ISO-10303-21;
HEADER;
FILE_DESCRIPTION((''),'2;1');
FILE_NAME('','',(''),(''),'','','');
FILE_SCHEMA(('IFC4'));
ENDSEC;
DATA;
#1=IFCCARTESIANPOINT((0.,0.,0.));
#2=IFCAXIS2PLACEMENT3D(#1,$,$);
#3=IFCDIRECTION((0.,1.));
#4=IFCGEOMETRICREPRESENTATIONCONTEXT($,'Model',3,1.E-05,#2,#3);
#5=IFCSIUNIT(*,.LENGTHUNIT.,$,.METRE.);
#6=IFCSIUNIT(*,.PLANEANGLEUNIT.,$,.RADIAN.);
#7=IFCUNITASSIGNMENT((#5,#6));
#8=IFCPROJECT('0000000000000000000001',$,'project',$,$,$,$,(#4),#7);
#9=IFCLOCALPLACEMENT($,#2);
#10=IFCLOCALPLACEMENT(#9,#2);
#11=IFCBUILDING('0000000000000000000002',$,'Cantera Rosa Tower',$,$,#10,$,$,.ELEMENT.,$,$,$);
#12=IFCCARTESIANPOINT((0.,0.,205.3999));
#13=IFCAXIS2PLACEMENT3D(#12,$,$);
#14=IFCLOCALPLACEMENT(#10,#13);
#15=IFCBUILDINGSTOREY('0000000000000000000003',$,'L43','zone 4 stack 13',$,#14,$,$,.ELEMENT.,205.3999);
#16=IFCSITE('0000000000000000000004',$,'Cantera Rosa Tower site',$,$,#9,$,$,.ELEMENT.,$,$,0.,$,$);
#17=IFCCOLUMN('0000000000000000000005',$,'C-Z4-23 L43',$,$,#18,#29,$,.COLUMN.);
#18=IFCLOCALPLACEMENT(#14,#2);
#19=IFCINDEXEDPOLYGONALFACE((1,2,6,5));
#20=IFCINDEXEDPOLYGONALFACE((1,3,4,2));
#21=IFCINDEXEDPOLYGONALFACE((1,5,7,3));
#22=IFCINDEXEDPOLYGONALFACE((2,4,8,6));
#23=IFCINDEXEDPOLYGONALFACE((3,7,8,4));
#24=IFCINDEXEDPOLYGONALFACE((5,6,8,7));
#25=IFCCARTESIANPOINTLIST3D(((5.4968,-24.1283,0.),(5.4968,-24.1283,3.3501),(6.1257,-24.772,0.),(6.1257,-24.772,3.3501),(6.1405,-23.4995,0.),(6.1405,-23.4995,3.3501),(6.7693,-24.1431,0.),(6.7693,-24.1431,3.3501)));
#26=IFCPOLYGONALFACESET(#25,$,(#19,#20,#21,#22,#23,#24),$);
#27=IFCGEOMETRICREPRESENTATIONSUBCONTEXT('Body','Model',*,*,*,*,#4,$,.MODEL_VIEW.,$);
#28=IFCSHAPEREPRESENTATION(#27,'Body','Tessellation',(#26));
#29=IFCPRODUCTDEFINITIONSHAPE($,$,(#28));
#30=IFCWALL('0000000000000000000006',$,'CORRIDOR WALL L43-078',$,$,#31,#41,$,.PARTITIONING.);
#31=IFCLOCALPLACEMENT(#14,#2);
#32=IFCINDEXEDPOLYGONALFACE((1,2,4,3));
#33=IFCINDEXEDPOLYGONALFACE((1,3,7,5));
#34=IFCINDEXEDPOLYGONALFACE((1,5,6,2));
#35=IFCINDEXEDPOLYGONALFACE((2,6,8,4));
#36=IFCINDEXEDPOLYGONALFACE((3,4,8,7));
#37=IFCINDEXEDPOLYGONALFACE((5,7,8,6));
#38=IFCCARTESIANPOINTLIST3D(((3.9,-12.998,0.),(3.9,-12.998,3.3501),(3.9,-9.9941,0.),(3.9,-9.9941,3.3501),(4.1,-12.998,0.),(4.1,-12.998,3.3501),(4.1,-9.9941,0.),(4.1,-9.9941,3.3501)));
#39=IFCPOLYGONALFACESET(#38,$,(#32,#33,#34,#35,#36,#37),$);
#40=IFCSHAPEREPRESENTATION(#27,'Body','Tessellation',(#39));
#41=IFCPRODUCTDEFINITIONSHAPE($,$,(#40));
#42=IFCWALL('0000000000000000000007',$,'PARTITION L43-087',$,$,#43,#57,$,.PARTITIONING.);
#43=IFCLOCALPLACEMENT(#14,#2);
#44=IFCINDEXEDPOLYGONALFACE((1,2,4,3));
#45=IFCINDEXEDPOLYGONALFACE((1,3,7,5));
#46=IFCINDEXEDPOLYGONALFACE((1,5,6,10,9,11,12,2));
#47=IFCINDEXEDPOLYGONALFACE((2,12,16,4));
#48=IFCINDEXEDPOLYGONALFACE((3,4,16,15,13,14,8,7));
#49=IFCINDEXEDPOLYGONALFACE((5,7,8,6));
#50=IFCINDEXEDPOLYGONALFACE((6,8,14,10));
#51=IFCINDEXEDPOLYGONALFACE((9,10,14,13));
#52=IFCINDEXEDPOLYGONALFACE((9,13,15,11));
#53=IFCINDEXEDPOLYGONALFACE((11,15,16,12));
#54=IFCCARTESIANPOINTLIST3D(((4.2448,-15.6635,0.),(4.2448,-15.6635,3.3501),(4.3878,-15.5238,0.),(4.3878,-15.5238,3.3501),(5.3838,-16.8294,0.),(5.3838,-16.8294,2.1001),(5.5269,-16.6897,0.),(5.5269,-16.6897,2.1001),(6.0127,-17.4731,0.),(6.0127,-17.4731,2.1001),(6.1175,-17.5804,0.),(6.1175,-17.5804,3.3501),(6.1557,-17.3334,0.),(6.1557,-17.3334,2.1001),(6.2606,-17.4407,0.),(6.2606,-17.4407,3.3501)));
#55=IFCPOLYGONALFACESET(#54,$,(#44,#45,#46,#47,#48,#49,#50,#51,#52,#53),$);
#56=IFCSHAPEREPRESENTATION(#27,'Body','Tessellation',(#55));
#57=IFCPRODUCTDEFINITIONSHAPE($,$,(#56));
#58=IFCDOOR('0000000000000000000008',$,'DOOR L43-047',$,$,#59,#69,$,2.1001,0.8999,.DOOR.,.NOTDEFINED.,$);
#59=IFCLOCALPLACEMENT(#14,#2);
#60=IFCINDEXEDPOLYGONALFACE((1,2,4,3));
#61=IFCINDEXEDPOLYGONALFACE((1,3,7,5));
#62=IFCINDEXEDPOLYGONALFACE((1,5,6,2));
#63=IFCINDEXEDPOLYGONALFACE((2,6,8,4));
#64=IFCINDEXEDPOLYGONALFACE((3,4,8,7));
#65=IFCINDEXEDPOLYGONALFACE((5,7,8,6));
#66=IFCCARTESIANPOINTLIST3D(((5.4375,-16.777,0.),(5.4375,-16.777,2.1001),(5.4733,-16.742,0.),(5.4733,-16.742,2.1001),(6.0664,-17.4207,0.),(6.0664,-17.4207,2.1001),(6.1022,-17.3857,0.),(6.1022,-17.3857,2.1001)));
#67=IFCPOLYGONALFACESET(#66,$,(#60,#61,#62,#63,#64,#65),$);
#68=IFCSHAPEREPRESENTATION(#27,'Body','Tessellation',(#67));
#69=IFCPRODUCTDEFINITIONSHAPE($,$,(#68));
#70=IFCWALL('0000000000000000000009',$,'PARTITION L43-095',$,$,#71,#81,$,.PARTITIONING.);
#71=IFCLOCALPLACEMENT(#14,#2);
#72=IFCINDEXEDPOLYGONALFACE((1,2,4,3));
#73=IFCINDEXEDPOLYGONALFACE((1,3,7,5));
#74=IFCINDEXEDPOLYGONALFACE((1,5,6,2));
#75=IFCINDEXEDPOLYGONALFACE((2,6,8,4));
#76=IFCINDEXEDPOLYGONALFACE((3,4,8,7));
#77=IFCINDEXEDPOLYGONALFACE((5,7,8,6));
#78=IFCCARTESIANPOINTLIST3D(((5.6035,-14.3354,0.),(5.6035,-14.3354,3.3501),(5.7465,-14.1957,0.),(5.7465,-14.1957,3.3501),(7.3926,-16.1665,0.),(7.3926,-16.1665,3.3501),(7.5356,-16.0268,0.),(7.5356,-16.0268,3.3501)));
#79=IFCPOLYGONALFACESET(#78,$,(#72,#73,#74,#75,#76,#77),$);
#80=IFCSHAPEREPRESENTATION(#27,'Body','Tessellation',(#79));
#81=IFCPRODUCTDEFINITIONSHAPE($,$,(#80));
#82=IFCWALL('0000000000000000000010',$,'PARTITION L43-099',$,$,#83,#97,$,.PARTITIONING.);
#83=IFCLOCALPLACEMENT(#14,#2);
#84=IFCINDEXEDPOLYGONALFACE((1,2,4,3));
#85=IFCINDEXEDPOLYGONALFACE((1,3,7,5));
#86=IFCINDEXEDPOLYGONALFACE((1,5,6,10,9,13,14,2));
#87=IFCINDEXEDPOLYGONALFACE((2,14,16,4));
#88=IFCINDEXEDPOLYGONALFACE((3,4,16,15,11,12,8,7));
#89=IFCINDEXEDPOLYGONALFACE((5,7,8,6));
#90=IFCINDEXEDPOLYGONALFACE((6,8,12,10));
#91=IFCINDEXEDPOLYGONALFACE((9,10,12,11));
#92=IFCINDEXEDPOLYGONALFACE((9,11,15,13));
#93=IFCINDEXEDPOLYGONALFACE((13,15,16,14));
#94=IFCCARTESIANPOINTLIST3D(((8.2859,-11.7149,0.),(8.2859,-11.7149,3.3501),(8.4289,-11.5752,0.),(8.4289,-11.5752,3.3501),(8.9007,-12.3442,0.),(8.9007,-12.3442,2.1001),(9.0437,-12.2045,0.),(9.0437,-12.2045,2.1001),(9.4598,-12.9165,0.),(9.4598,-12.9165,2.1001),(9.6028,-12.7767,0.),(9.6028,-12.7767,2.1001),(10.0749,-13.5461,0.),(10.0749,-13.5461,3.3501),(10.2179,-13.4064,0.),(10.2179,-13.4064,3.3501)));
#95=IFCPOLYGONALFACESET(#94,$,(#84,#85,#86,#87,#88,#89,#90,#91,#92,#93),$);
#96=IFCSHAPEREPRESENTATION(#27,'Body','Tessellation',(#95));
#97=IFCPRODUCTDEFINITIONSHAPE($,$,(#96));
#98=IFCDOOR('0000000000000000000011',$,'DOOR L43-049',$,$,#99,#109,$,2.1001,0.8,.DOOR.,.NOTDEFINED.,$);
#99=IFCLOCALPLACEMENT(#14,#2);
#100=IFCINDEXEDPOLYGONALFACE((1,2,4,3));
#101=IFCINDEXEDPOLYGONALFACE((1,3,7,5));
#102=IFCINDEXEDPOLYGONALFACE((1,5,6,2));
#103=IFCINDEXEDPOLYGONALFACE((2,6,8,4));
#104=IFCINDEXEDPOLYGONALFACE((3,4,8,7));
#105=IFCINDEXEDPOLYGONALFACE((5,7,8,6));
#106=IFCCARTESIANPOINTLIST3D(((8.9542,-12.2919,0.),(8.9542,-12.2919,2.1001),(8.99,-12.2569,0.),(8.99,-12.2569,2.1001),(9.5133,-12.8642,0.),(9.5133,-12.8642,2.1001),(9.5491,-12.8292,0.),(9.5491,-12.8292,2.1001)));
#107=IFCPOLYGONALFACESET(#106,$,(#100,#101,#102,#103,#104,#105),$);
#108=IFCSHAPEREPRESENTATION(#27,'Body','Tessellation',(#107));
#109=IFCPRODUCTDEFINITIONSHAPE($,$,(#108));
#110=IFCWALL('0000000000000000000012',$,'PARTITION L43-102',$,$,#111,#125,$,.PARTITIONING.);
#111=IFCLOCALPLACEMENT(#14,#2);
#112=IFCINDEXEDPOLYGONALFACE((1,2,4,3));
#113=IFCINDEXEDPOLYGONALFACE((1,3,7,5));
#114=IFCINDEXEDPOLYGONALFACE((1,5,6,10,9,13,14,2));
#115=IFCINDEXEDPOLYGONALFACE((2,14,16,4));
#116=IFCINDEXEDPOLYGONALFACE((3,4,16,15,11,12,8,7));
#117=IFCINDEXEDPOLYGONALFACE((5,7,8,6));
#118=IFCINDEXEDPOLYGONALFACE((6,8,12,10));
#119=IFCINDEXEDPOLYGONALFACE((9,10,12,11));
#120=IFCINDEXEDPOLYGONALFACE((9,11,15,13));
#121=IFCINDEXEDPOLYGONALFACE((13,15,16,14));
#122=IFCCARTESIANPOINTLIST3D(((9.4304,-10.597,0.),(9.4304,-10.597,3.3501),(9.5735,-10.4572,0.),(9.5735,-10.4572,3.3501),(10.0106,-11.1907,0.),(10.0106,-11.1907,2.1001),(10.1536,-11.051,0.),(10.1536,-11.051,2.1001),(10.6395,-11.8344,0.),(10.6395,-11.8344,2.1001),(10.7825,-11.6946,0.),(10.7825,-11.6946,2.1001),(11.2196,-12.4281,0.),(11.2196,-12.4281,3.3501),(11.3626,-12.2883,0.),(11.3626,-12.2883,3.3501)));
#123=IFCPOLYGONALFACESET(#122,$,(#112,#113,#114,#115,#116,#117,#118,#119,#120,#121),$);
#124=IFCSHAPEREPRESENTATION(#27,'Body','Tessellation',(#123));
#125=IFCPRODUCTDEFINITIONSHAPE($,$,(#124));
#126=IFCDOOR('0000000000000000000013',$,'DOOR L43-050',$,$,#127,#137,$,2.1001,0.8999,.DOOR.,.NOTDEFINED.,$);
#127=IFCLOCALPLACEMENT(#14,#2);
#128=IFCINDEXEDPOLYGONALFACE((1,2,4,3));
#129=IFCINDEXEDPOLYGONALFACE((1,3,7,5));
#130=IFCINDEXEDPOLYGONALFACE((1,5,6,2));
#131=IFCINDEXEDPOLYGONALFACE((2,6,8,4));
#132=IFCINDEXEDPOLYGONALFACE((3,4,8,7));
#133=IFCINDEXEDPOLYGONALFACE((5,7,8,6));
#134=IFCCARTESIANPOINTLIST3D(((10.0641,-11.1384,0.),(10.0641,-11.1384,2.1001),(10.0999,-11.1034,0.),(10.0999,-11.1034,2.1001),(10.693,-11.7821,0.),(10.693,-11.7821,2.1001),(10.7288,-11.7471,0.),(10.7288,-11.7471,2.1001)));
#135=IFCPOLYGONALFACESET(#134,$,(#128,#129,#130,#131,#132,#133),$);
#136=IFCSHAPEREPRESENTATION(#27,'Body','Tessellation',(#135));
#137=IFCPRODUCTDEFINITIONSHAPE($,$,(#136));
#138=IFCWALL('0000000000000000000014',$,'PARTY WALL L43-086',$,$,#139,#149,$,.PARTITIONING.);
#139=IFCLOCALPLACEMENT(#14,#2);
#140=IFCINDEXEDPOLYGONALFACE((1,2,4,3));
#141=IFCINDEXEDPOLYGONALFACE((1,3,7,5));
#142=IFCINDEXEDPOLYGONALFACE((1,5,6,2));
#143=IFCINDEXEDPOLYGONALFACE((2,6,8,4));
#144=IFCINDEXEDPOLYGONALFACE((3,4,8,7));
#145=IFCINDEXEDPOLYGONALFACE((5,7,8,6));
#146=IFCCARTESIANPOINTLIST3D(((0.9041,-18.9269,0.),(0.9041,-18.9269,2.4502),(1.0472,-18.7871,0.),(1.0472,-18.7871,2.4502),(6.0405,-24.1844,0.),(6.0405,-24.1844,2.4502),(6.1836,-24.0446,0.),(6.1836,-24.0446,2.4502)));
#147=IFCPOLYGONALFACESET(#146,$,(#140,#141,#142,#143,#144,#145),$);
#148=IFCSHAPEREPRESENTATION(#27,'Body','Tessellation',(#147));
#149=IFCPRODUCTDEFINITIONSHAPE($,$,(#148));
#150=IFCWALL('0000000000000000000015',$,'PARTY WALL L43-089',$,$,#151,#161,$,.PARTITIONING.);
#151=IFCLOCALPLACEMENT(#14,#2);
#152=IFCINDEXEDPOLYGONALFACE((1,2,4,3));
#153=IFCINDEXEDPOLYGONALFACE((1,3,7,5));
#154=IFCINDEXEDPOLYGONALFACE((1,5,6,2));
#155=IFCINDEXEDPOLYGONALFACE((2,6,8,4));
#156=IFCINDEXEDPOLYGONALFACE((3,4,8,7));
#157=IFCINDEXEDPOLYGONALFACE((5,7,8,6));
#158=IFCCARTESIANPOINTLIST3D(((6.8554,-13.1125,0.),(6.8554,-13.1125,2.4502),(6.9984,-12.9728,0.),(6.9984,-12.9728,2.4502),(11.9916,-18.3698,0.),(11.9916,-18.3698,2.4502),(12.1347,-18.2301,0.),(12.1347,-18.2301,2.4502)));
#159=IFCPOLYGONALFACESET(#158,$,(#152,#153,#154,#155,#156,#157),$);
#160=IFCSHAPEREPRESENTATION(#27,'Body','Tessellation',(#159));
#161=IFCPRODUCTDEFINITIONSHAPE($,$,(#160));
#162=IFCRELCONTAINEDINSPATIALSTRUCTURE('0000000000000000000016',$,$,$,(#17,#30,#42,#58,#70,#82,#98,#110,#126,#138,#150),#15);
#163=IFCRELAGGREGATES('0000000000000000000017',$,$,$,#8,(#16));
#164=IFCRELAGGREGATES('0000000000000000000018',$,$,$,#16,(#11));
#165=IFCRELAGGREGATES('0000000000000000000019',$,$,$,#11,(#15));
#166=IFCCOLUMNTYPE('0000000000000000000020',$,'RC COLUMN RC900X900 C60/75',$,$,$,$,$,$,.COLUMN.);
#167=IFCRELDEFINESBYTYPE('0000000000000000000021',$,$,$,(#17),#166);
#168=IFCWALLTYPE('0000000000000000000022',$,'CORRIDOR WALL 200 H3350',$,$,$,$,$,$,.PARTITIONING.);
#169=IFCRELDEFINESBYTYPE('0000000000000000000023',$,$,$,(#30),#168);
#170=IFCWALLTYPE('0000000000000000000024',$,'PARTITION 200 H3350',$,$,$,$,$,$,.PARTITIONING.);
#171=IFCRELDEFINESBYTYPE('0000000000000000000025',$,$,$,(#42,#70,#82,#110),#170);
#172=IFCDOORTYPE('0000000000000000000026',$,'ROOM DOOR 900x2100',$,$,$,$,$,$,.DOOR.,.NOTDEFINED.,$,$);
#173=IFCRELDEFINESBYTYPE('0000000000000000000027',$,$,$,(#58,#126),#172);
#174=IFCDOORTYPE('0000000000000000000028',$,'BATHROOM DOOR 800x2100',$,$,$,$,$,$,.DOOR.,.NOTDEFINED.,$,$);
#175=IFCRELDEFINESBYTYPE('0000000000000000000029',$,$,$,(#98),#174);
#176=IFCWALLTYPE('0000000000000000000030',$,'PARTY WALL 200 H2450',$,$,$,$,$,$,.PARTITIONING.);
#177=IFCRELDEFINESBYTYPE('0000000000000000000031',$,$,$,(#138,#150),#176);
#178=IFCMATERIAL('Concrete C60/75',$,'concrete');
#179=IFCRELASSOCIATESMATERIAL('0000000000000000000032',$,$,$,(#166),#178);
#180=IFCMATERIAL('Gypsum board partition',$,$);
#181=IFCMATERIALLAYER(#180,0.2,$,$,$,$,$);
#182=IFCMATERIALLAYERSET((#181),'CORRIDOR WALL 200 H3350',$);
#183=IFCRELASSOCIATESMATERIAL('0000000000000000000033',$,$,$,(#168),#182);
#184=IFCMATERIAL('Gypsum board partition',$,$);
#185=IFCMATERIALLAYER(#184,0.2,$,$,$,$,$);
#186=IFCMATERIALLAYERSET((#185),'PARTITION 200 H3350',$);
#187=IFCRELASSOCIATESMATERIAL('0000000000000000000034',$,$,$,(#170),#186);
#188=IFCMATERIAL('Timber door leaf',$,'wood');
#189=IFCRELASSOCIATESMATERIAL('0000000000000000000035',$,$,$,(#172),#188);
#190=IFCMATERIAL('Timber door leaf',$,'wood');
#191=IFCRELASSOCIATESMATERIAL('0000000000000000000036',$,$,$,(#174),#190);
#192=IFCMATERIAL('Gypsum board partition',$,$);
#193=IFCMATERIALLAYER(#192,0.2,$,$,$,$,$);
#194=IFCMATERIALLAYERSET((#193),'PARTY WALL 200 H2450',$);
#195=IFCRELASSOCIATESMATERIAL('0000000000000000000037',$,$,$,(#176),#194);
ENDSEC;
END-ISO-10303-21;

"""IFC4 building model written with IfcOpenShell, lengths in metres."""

from ifc_helpers import new_model, si_unit, direction, frame, frame_2d, origin, origin_2d, place, context, subcontext, project, spatial, rectangle, extrude, material, layer, layer_set, material_profile, profile_set, type_object, element, fill, save


model = new_model("IFC4")

# Units and contexts
model_context = context("Model", 3, precision=1e-05, world=origin(), true_north=direction((0.0, 1.0)))
body_context = subcontext(model_context, "Body", "Model", "MODEL_VIEW")
ifc_project = project(units=[si_unit("LENGTHUNIT", "METRE"), si_unit("PLANEANGLEUNIT", "RADIAN")], contexts=[model_context])

# Site, building, storey
site_placement = place(None, origin())
site = spatial("IfcSite", under=ifc_project, at=site_placement, Name="Cantera Rosa Tower site", CompositionType="ELEMENT", RefElevation=0.0)
building_placement = place(site_placement, origin())
building = spatial("IfcBuilding", under=site, at=building_placement, Name="Cantera Rosa Tower", CompositionType="ELEMENT")
storey_placement = place(building_placement, frame((0.0, 0.0, 205.3999)))
storey = spatial("IfcBuildingStorey", under=building, at=storey_placement, Name="L43", Description="zone 4 stack 13", CompositionType="ELEMENT", Elevation=205.3999)

# Column
ifc_material_1 = material(Name="Concrete C60/75", Category="concrete")
ifc_material_profile = material_profile(ifc_material_1, rectangle(XDim=0.8999, YDim=0.8999, at=origin_2d()), Name="RC COLUMN RC900X900 C60/75")
ifc_profile_set = profile_set([ifc_material_profile], Name="Concrete C60/75")
column_type = type_object("IfcColumnType", Name="RC COLUMN RC900X900 C60/75", PredefinedType="COLUMN", material=ifc_profile_set)
column_placement = place(storey_placement, frame((6.1331, -24.1357, 0.0), z_axis=(0.0, 0.0, 1.0), x_axis=(0.715286, 0.698832, 0.0)))
element("IfcColumn", 1, at=column_placement, inside=storey, type_object=column_type, Name="C-Z4-23 L43", PredefinedType="COLUMN", context=body_context, shape_type="SweptSolid", body=[
    extrude(rectangle(XDim=0.8999, YDim=0.8999, at=origin_2d()), origin(), (0.0, 0.0, 1.0), 3.3501),
])

# Wall
ifc_material_2 = material(Name="Gypsum board partition")
ifc_layer_1 = layer(ifc_material_2, 0.2)
ifc_layer_set_1 = layer_set([ifc_layer_1], Name="CORRIDOR WALL 200 H3350")
wall_type_1 = type_object("IfcWallType", Name="CORRIDOR WALL 200 H3350", PredefinedType="PARTITIONING", material=ifc_layer_set_1)
wall_1_placement = place(storey_placement, frame((4.0, -12.998, 0.0), z_axis=(0.0, 0.0, 1.0), x_axis=(0.0, 1.0, 0.0)))
element("IfcWall", 2, at=wall_1_placement, inside=storey, type_object=wall_type_1, Name="CORRIDOR WALL L43-078", PredefinedType="PARTITIONING", context=body_context, shape_type="SweptSolid", body=[
    extrude(rectangle(XDim=3.0039, YDim=0.2, at=frame_2d((1.502, 0.0))), origin(), (0.0, 0.0, 1.0), 3.3501),
])

# Wall, opening, door
ifc_material_3 = material(Name="Gypsum board partition")
ifc_layer_2 = layer(ifc_material_3, 0.2)
ifc_layer_set_2 = layer_set([ifc_layer_2], Name="PARTITION 200 H3350")
wall_type_2 = type_object("IfcWallType", Name="PARTITION 200 H3350", PredefinedType="PARTITIONING", material=ifc_layer_set_2)
wall_2_placement = place(storey_placement, frame((6.189, -17.5105, 0.0), z_axis=(0.0, 0.0, 1.0), x_axis=(-0.698814, 0.715303, 0.0)))
wall_2 = element("IfcWall", 3, at=wall_2_placement, inside=storey, type_object=wall_type_2, Name="PARTITION L43-087", PredefinedType="PARTITIONING", context=body_context, shape_type="SweptSolid", body=[
    extrude(rectangle(XDim=2.6799, YDim=0.2, at=frame_2d((1.3398, 0.0))), origin(), (0.0, 0.0, 1.0), 3.3501),
])
opening_1_placement = place(wall_2_placement, frame((0.1499, 0.0, 0.0)))
opening_1 = element("IfcOpeningElement", 4, at=opening_1_placement, cuts=wall_2, PredefinedType="OPENING", context=body_context, shape_type="SweptSolid", body=[
    extrude(rectangle(XDim=0.8999, YDim=2.1001, at=frame_2d((0.45, 1.05))), frame((0.0, 0.1099, 0.0), z_axis=(0.0, -1.0, 0.0), x_axis=(1.0, 0.0, 0.0)), (0.0, 0.0, 1.0), 0.22),
])
ifc_material_4 = material(Name="Timber door leaf", Category="wood")
door_type_1 = type_object("IfcDoorType", Name="ROOM DOOR 900x2100", OperationType="NOTDEFINED", PredefinedType="DOOR", material=ifc_material_4)
door_1_placement = place(opening_1_placement, origin())
door_1 = element("IfcDoor", 5, at=door_1_placement, inside=storey, type_object=door_type_1, Name="DOOR L43-047", OperationType="NOTDEFINED", OverallHeight=2.1001, OverallWidth=0.8999, PredefinedType="DOOR", context=body_context, shape_type="SweptSolid", body=[
    extrude(rectangle(XDim=0.8999, YDim=2.1001, at=frame_2d((0.45, 1.05))), frame((0.0, 0.0249, 0.0), z_axis=(0.0, -1.0, 0.0), x_axis=(1.0, 0.0, 0.0)), (0.0, 0.0, 1.0), 0.05),
])
fill(opening_1, door_1)

# Wall
wall_3_placement = place(storey_placement, frame((7.4641, -16.0967, 0.0), z_axis=(0.0, 0.0, 1.0), x_axis=(-0.698858, 0.715261, 0.0)))
element("IfcWall", 6, at=wall_3_placement, inside=storey, type_object=wall_type_2, Name="PARTITION L43-095", PredefinedType="PARTITIONING", context=body_context, shape_type="SweptSolid", body=[
    extrude(rectangle(XDim=2.5601, YDim=0.2, at=frame_2d((1.28, 0.0))), origin(), (0.0, 0.0, 1.0), 3.3501),
])

# Walls, openings, doors
wall_4_placement = place(storey_placement, frame((8.3574, -11.645, 0.0), z_axis=(0.0, 0.0, 1.0), x_axis=(0.69881, -0.715307, 0.0)))
wall_4 = element("IfcWall", 7, at=wall_4_placement, inside=storey, type_object=wall_type_2, Name="PARTITION L43-099", PredefinedType="PARTITIONING", context=body_context, shape_type="SweptSolid", body=[
    extrude(rectangle(XDim=2.5601, YDim=0.2, at=frame_2d((1.28, 0.0))), origin(), (0.0, 0.0, 1.0), 3.3501),
])
opening_2_placement = place(wall_4_placement, frame((0.8799, 0.0, 0.0)))
opening_2 = element("IfcOpeningElement", 8, at=opening_2_placement, cuts=wall_4, PredefinedType="OPENING", context=body_context, shape_type="SweptSolid", body=[
    extrude(rectangle(XDim=0.8, YDim=2.1001, at=frame_2d((0.3999, 1.05))), frame((0.0, 0.1099, 0.0), z_axis=(0.0, -1.0, 0.0), x_axis=(1.0, 0.0, 0.0)), (0.0, 0.0, 1.0), 0.22),
])
ifc_material_5 = material(Name="Timber door leaf", Category="wood")
door_type_2 = type_object("IfcDoorType", Name="BATHROOM DOOR 800x2100", OperationType="NOTDEFINED", PredefinedType="DOOR", material=ifc_material_5)
door_2_placement = place(opening_2_placement, origin())
door_2 = element("IfcDoor", 9, at=door_2_placement, inside=storey, type_object=door_type_2, Name="DOOR L43-049", OperationType="NOTDEFINED", OverallHeight=2.1001, OverallWidth=0.8, PredefinedType="DOOR", context=body_context, shape_type="SweptSolid", body=[
    extrude(rectangle(XDim=0.8, YDim=2.1001, at=frame_2d((0.3999, 1.05))), frame((0.0, 0.0249, 0.0), z_axis=(0.0, -1.0, 0.0), x_axis=(1.0, 0.0, 0.0)), (0.0, 0.0, 1.0), 0.05),
])
fill(opening_2, door_2)
wall_5_placement = place(storey_placement, frame((9.502, -10.5271, 0.0), z_axis=(0.0, 0.0, 1.0), x_axis=(0.698858, -0.715261, 0.0)))
wall_5 = element("IfcWall", 10, at=wall_5_placement, inside=storey, type_object=wall_type_2, Name="PARTITION L43-102", PredefinedType="PARTITIONING", context=body_context, shape_type="SweptSolid", body=[
    extrude(rectangle(XDim=2.5601, YDim=0.2, at=frame_2d((1.28, 0.0))), origin(), (0.0, 0.0, 1.0), 3.3501),
])
opening_3_placement = place(wall_5_placement, frame((0.8301, 0.0, 0.0)))
opening_3 = element("IfcOpeningElement", 11, at=opening_3_placement, cuts=wall_5, PredefinedType="OPENING", context=body_context, shape_type="SweptSolid", body=[
    extrude(rectangle(XDim=0.8999, YDim=2.1001, at=frame_2d((0.45, 1.05))), frame((0.0, 0.1099, 0.0), z_axis=(0.0, -1.0, 0.0), x_axis=(1.0, 0.0, 0.0)), (0.0, 0.0, 1.0), 0.22),
])
door_3_placement = place(opening_3_placement, origin())
door_3 = element("IfcDoor", 12, at=door_3_placement, inside=storey, type_object=door_type_1, Name="DOOR L43-050", OperationType="NOTDEFINED", OverallHeight=2.1001, OverallWidth=0.8999, PredefinedType="DOOR", context=body_context, shape_type="SweptSolid", body=[
    extrude(rectangle(XDim=0.8999, YDim=2.1001, at=frame_2d((0.45, 1.05))), frame((0.0, 0.0249, 0.0), z_axis=(0.0, -1.0, 0.0), x_axis=(1.0, 0.0, 0.0)), (0.0, 0.0, 1.0), 0.05),
])
fill(opening_3, door_3)

# Walls
ifc_material_6 = material(Name="Gypsum board partition")
ifc_layer_3 = layer(ifc_material_6, 0.2)
ifc_layer_set_3 = layer_set([ifc_layer_3], Name="PARTY WALL 200 H2450")
wall_type_3 = type_object("IfcWallType", Name="PARTY WALL 200 H2450", PredefinedType="PARTITIONING", material=ifc_layer_set_3)
wall_6_placement = place(storey_placement, frame((6.1121, -24.1145, 0.0), z_axis=(0.0, 0.0, 1.0), x_axis=(-0.698821, 0.715296, 0.0)))
element("IfcWall", 13, at=wall_6_placement, inside=storey, type_object=wall_type_3, Name="PARTY WALL L43-086", PredefinedType="PARTITIONING", context=body_context, shape_type="SweptSolid", body=[
    extrude(rectangle(XDim=7.3501, YDim=0.2, at=frame_2d((3.675, 0.0))), origin(), (0.0, 0.0, 1.0), 2.4502),
])
wall_7_placement = place(storey_placement, frame((6.927, -13.0427, 0.0), z_axis=(0.0, 0.0, 1.0), x_axis=(0.698821, -0.715297, 0.0)))
element("IfcWall", 14, at=wall_7_placement, inside=storey, type_object=wall_type_3, Name="PARTY WALL L43-089", PredefinedType="PARTITIONING", context=body_context, shape_type="SweptSolid", body=[
    extrude(rectangle(XDim=7.3499, YDim=0.2, at=frame_2d((3.6748, 0.0))), origin(), (0.0, 0.0, 1.0), 2.4502),
])

save(model, "model.ifc")
